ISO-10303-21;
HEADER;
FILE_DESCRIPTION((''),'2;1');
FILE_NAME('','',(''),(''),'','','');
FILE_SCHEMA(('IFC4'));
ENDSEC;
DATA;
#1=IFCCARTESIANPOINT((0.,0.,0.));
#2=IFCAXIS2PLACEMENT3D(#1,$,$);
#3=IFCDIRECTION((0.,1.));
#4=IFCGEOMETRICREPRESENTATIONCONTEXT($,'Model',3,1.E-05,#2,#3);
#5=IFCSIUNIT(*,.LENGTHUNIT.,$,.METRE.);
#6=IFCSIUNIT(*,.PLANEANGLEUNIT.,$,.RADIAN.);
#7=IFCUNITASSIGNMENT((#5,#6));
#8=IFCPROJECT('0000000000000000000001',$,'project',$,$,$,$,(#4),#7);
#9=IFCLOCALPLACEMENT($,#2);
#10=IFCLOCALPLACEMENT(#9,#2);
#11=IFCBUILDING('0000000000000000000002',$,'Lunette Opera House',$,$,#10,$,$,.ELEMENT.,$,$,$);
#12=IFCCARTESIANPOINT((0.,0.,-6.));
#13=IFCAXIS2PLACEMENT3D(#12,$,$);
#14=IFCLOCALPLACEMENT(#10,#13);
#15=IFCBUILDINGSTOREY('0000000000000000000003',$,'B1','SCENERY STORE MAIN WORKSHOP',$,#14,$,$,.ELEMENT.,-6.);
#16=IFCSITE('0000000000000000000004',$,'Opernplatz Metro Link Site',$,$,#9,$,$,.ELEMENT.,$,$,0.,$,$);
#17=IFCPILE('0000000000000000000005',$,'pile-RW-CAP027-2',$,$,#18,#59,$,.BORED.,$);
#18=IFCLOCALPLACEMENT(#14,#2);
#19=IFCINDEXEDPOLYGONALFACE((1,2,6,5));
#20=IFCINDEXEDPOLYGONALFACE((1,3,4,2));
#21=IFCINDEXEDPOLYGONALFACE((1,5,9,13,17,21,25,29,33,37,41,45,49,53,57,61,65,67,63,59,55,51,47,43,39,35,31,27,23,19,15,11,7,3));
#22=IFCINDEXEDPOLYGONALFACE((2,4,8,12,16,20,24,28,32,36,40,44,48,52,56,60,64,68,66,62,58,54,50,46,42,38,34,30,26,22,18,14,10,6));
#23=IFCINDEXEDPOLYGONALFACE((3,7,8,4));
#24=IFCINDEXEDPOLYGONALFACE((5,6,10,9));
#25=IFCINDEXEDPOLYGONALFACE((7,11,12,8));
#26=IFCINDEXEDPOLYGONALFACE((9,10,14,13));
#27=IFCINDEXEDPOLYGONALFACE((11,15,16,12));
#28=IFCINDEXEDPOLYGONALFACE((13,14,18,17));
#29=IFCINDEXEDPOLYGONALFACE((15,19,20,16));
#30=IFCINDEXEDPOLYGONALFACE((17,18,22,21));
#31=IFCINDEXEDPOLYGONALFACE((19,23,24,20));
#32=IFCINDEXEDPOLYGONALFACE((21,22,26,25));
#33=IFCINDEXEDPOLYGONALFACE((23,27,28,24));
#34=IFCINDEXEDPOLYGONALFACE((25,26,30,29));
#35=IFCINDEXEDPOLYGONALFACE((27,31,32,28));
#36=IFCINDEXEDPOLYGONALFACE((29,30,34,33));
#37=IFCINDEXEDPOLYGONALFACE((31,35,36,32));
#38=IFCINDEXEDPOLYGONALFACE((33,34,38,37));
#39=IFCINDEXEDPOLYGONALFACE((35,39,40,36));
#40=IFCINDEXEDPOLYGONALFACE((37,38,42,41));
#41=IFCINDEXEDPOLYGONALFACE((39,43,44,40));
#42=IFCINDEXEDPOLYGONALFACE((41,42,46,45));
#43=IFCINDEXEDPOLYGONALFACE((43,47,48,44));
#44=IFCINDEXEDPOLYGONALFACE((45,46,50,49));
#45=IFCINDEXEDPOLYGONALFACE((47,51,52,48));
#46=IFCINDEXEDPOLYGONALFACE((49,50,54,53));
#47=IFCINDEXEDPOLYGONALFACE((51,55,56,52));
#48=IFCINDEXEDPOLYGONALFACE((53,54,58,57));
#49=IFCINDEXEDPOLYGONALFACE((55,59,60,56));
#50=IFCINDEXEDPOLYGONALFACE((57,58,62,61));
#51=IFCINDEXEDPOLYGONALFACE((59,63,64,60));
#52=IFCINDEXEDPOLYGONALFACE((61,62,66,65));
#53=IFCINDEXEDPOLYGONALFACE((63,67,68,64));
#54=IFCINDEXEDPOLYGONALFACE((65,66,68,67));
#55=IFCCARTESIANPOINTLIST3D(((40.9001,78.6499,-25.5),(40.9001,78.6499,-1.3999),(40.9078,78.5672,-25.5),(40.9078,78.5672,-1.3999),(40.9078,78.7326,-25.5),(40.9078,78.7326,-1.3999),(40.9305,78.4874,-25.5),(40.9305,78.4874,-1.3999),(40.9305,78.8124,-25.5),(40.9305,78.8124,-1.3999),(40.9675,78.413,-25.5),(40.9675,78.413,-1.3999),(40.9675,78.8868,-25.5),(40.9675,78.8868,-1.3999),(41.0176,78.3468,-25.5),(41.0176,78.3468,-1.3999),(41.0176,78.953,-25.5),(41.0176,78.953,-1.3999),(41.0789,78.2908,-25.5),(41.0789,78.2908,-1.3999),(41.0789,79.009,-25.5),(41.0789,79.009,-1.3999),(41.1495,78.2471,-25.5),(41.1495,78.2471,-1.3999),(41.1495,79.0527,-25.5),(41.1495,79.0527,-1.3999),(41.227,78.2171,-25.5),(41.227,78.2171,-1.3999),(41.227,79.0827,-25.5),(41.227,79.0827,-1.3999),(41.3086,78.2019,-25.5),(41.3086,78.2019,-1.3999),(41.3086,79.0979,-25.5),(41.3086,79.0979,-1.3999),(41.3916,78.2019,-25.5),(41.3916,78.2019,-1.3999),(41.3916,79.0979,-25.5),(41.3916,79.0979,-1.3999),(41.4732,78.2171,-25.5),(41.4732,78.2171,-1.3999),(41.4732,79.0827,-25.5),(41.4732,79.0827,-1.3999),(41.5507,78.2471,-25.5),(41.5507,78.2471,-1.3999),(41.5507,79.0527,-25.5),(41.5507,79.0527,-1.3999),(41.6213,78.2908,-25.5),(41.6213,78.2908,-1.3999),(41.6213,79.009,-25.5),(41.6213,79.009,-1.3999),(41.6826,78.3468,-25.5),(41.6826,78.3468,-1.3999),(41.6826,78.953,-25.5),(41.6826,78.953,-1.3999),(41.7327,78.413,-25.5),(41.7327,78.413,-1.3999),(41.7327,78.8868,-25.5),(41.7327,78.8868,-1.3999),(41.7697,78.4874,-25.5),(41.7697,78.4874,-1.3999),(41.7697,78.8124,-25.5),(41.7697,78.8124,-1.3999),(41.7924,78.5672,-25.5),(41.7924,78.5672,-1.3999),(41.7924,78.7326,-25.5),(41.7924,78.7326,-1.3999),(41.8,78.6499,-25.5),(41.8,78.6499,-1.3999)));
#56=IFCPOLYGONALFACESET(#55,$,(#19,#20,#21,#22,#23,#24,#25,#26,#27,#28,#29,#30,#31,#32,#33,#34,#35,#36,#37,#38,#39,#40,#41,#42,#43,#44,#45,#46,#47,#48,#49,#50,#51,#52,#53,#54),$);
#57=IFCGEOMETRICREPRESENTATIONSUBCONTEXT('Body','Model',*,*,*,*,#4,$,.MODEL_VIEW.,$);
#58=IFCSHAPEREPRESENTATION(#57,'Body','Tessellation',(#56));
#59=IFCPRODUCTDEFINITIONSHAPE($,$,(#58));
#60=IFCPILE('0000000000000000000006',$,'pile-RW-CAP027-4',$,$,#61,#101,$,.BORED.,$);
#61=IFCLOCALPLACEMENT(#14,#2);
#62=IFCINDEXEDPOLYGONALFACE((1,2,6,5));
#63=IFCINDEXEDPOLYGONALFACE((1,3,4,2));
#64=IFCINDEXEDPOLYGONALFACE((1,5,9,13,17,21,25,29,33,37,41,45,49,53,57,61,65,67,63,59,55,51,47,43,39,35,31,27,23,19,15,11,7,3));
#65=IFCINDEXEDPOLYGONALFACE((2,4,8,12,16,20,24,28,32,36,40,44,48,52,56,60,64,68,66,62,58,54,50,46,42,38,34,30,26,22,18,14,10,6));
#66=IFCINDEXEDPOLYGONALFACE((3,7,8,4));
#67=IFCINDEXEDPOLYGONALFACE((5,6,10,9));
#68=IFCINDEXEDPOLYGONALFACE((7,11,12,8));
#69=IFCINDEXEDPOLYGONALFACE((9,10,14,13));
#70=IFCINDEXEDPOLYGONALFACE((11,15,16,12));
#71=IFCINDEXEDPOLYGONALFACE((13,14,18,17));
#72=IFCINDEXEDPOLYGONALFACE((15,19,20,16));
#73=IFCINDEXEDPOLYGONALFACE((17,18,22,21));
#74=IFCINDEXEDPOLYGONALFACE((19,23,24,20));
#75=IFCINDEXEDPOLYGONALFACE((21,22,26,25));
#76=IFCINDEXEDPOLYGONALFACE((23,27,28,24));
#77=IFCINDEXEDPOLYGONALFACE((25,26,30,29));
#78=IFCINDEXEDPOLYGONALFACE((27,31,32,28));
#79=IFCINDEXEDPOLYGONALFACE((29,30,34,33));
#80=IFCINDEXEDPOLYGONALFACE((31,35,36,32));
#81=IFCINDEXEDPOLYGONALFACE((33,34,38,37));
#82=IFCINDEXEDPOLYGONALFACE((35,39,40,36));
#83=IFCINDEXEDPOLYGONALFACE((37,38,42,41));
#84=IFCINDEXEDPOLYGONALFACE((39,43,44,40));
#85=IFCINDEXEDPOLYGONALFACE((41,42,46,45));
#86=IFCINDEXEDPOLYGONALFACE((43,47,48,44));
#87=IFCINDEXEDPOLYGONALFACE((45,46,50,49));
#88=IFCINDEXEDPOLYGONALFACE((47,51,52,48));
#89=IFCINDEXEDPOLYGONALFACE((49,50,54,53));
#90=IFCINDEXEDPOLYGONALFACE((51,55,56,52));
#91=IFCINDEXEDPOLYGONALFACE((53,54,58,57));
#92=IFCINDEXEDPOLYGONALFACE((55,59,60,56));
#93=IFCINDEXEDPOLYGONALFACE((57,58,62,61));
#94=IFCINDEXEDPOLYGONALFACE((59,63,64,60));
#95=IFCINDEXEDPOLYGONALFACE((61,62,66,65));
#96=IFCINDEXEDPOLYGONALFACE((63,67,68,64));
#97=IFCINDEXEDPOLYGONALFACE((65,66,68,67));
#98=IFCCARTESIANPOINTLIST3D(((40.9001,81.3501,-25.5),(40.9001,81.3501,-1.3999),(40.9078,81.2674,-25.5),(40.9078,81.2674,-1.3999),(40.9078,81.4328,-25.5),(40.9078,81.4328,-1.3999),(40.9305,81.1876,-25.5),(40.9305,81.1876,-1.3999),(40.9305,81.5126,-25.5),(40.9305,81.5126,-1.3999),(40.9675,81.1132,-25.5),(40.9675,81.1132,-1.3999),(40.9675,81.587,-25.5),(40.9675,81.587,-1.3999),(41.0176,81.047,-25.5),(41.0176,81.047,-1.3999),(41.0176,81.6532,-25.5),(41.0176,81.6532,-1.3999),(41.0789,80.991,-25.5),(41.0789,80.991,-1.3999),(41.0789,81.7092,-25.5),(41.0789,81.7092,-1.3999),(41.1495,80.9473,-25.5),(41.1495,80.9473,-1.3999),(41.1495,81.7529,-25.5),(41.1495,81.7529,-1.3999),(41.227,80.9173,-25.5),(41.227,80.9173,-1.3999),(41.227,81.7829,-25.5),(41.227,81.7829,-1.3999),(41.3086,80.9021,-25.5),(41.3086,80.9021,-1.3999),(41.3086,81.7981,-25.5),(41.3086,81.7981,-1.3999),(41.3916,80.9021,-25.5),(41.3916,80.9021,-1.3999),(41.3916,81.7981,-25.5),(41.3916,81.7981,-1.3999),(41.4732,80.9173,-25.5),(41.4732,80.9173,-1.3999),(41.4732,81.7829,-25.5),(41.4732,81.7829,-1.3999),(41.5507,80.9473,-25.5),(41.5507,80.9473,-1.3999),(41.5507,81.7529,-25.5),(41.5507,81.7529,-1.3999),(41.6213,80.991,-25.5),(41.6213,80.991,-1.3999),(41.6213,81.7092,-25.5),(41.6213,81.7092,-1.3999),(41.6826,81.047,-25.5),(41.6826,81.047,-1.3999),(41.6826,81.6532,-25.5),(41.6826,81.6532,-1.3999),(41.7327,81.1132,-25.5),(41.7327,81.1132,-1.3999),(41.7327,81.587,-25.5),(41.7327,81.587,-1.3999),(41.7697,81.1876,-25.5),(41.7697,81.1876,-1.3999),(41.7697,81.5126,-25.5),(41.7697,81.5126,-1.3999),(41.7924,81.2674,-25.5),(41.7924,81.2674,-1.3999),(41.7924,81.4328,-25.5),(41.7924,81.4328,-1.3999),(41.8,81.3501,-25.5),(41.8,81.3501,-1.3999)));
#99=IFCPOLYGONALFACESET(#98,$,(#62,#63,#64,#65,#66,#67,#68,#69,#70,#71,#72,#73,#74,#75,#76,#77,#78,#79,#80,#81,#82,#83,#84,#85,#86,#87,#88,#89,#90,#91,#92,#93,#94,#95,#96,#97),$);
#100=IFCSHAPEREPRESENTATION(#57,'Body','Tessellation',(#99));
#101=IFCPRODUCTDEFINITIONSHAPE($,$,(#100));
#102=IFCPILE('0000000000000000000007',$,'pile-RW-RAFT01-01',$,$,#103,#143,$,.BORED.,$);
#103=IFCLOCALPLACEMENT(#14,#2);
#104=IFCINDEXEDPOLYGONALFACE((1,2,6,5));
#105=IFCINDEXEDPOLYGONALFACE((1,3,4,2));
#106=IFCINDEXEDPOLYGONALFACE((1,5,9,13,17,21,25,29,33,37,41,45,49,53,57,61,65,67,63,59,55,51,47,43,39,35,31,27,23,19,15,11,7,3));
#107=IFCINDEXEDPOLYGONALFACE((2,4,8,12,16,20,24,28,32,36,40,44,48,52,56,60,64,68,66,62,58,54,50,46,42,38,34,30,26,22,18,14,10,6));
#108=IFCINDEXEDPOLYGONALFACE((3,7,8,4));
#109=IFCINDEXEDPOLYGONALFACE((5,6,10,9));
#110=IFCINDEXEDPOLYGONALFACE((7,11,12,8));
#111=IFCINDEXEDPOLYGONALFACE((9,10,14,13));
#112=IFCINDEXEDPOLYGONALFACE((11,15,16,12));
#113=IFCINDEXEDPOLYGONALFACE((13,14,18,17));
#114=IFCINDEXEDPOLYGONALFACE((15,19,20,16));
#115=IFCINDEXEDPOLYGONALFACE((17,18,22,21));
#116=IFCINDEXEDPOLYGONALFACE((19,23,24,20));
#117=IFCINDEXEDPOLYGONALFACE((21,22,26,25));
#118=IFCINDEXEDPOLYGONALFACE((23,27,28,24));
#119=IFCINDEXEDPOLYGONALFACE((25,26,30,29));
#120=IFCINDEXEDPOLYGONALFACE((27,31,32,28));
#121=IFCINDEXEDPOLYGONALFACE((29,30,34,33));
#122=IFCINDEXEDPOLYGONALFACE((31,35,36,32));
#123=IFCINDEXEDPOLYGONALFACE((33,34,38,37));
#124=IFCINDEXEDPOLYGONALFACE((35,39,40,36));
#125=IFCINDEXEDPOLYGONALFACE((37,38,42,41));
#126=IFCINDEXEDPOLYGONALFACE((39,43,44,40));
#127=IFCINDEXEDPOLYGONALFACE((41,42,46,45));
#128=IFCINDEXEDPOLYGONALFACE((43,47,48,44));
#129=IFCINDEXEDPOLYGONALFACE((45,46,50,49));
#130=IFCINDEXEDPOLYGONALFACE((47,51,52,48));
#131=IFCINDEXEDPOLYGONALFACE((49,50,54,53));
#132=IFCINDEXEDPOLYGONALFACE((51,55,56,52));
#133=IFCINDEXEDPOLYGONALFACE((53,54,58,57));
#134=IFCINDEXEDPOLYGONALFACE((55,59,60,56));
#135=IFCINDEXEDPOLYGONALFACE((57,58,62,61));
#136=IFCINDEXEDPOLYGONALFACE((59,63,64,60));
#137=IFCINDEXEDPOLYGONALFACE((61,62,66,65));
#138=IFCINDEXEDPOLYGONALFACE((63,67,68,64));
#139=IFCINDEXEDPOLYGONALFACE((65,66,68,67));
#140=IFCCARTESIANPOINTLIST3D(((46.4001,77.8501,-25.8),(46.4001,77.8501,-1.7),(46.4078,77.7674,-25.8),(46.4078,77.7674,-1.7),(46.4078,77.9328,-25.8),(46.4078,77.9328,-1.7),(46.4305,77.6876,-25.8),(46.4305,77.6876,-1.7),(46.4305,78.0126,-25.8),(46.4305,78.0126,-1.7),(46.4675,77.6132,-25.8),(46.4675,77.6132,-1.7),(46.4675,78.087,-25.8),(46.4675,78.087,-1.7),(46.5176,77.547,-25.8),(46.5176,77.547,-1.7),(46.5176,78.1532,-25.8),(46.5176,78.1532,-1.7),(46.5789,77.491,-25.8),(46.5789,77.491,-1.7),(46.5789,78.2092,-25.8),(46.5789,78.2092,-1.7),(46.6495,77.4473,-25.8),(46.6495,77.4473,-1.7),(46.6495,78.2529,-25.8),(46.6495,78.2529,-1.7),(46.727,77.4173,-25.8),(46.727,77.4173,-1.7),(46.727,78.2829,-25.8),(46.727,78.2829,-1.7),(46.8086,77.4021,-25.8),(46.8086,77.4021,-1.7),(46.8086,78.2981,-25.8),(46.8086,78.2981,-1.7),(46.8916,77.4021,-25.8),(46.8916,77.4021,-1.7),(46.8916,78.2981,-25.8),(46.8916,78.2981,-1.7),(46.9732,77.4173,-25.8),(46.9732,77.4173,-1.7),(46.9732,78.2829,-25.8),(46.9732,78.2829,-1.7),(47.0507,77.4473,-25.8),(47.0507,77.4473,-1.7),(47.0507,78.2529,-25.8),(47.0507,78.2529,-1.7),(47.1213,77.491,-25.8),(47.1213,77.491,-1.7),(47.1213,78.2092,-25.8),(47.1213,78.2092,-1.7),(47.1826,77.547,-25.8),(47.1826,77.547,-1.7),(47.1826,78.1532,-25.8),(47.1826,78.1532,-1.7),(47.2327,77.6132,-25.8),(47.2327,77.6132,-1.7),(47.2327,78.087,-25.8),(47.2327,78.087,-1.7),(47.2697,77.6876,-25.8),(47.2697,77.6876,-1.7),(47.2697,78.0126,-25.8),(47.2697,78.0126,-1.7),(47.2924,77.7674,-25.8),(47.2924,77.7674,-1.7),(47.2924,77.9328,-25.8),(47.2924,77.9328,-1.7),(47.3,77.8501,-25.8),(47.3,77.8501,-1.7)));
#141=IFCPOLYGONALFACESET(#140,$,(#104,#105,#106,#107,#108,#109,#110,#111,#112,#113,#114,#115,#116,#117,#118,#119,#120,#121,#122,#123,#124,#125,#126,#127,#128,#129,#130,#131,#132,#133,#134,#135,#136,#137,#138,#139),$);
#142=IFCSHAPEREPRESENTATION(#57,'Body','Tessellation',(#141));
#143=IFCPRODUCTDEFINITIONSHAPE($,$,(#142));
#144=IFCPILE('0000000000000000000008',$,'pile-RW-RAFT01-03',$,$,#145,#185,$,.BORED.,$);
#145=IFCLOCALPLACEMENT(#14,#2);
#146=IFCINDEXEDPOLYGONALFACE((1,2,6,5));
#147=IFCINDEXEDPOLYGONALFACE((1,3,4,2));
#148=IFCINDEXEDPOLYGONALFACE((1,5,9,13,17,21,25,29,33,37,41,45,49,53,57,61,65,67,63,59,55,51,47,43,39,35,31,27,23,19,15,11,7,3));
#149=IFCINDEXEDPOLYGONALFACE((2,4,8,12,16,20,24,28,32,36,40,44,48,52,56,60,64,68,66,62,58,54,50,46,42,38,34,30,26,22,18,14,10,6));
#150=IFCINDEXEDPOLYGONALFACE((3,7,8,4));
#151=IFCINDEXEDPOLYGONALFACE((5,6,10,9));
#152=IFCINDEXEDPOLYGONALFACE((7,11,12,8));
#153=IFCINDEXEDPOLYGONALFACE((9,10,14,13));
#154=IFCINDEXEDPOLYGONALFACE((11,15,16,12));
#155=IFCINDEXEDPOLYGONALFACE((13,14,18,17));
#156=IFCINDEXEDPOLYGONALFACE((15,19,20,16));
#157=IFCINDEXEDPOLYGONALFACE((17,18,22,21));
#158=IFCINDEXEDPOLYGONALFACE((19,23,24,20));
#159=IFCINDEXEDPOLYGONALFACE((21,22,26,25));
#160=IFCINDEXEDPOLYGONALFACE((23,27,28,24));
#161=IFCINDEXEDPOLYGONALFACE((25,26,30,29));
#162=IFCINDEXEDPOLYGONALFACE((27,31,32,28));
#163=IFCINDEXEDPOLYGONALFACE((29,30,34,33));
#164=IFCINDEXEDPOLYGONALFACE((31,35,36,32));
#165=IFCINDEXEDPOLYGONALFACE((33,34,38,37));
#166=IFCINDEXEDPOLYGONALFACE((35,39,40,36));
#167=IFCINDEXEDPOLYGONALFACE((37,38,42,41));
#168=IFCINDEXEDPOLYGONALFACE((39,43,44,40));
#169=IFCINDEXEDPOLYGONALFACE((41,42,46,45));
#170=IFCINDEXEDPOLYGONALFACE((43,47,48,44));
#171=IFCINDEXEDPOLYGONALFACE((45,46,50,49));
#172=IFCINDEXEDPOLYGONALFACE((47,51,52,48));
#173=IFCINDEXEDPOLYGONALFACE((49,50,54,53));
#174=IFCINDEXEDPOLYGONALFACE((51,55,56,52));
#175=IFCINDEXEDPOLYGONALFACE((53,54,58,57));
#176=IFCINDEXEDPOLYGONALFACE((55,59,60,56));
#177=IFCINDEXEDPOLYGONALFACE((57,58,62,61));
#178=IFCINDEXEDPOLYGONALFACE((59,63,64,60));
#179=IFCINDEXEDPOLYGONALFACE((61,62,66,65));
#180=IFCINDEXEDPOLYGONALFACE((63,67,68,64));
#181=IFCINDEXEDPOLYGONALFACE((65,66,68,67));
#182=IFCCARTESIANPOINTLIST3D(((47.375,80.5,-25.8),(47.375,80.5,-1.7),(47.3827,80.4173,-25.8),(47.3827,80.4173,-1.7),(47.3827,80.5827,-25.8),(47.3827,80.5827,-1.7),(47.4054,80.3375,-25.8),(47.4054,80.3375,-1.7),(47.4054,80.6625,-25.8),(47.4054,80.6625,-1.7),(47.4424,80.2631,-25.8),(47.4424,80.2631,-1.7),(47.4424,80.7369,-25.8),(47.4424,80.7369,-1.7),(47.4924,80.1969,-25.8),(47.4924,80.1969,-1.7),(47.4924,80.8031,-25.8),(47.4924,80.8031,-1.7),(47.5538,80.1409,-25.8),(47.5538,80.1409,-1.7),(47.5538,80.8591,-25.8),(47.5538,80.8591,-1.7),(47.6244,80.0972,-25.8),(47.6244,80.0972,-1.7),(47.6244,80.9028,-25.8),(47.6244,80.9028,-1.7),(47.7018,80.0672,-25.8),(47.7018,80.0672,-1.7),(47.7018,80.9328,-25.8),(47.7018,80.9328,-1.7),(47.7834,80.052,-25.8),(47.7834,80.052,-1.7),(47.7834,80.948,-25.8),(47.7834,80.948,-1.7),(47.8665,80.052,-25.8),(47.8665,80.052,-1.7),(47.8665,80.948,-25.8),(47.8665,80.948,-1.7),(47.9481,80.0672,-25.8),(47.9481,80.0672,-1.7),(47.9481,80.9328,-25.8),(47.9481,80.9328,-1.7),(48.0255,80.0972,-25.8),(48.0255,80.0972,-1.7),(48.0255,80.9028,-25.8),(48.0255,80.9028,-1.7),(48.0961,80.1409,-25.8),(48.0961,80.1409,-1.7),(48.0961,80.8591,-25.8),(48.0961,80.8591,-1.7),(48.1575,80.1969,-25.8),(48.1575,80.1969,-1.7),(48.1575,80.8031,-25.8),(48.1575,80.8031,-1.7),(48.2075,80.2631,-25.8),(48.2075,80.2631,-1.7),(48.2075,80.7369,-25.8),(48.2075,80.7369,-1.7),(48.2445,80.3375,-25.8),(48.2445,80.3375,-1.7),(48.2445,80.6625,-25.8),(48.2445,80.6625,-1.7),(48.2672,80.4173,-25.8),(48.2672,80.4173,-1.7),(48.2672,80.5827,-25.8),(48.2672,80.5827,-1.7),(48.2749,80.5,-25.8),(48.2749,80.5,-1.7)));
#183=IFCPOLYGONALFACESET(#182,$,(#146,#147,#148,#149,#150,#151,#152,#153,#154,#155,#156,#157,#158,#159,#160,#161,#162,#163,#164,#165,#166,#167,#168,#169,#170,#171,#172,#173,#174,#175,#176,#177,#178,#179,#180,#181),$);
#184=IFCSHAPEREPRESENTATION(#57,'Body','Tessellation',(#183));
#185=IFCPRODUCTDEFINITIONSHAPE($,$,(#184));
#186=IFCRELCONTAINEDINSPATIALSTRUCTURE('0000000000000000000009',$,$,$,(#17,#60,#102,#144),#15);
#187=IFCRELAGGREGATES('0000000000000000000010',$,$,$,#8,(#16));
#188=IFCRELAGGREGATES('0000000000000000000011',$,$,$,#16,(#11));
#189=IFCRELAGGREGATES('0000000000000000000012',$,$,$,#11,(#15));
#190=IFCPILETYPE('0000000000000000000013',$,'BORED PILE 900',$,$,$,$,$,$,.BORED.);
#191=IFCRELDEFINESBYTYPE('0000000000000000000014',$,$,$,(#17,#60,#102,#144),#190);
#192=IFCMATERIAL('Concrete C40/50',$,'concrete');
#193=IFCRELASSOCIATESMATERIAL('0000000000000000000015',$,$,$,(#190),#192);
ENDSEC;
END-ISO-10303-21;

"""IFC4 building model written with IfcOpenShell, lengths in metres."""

from ifc_helpers import new_model, si_unit, direction, frame, origin, origin_2d, place, context, subcontext, project, spatial, circle, extrude, material, material_profile, profile_set, type_object, element, save


model = new_model("IFC4")

# Units and contexts
model_context = context("Model", 3, precision=1e-05, world=origin(), true_north=direction((0.0, 1.0)))
body_context = subcontext(model_context, "Body", "Model", "MODEL_VIEW")
ifc_project = project(units=[si_unit("LENGTHUNIT", "METRE"), si_unit("PLANEANGLEUNIT", "RADIAN")], contexts=[model_context])

# Site, building, storey
site_placement = place(None, origin())
site = spatial("IfcSite", under=ifc_project, at=site_placement, Name="Opernplatz Metro Link Site", CompositionType="ELEMENT", RefElevation=0.0)
building_placement = place(site_placement, origin())
building = spatial("IfcBuilding", under=site, at=building_placement, Name="Lunette Opera House", CompositionType="ELEMENT")
storey_placement = place(building_placement, frame((0.0, 0.0, -6.0)))
storey = spatial("IfcBuildingStorey", under=building, at=storey_placement, Name="B1", Description="SCENERY STORE MAIN WORKSHOP", CompositionType="ELEMENT", Elevation=-6.0)

# Piles
ifc_material_1 = material(Name="Concrete C40/50", Category="concrete")
ifc_material_profile_1 = material_profile(ifc_material_1, circle(Radius=0.45, at=origin_2d()), Name="BORED PILE 900")
ifc_profile_set_1 = profile_set([ifc_material_profile_1], Name="Concrete C40/50")
pile_type = type_object("IfcPileType", Name="BORED PILE 900", PredefinedType="BORED", material=ifc_profile_set_1)
for number, where, z_axis, x_axis, name in (
    (1, (41.3501, 78.6499, -1.3999), (0.0, 0.0, -1.0), (1.0, 0.0, 0.0), "pile-RW-CAP027-2"),
    (2, (41.3501, 81.3501, -1.3999), (0.0, 0.0, -1.0), (1.0, 0.0, 0.0), "pile-RW-CAP027-4"),
    (3, (46.8501, 77.8501, -1.7), (0.0, 0.0, -1.0), (1.0, 0.0, 0.0), "pile-RW-RAFT01-01"),
    (4, (47.825, 80.5, -1.7), (0.0, 0.0, -1.0), (1.0, 0.0, 0.0), "pile-RW-RAFT01-03"),
):
    element("IfcPile", number, at=place(storey_placement, frame(where, z_axis=z_axis, x_axis=x_axis)), inside=storey, type_object=pile_type, Name=name, PredefinedType="BORED", context=body_context, shape_type="SweptSolid", body=[
        extrude(circle(Radius=0.45, at=origin_2d()), origin(), (0.0, 0.0, 1.0), 24.1001),
    ])

save(model, "model.ifc")
